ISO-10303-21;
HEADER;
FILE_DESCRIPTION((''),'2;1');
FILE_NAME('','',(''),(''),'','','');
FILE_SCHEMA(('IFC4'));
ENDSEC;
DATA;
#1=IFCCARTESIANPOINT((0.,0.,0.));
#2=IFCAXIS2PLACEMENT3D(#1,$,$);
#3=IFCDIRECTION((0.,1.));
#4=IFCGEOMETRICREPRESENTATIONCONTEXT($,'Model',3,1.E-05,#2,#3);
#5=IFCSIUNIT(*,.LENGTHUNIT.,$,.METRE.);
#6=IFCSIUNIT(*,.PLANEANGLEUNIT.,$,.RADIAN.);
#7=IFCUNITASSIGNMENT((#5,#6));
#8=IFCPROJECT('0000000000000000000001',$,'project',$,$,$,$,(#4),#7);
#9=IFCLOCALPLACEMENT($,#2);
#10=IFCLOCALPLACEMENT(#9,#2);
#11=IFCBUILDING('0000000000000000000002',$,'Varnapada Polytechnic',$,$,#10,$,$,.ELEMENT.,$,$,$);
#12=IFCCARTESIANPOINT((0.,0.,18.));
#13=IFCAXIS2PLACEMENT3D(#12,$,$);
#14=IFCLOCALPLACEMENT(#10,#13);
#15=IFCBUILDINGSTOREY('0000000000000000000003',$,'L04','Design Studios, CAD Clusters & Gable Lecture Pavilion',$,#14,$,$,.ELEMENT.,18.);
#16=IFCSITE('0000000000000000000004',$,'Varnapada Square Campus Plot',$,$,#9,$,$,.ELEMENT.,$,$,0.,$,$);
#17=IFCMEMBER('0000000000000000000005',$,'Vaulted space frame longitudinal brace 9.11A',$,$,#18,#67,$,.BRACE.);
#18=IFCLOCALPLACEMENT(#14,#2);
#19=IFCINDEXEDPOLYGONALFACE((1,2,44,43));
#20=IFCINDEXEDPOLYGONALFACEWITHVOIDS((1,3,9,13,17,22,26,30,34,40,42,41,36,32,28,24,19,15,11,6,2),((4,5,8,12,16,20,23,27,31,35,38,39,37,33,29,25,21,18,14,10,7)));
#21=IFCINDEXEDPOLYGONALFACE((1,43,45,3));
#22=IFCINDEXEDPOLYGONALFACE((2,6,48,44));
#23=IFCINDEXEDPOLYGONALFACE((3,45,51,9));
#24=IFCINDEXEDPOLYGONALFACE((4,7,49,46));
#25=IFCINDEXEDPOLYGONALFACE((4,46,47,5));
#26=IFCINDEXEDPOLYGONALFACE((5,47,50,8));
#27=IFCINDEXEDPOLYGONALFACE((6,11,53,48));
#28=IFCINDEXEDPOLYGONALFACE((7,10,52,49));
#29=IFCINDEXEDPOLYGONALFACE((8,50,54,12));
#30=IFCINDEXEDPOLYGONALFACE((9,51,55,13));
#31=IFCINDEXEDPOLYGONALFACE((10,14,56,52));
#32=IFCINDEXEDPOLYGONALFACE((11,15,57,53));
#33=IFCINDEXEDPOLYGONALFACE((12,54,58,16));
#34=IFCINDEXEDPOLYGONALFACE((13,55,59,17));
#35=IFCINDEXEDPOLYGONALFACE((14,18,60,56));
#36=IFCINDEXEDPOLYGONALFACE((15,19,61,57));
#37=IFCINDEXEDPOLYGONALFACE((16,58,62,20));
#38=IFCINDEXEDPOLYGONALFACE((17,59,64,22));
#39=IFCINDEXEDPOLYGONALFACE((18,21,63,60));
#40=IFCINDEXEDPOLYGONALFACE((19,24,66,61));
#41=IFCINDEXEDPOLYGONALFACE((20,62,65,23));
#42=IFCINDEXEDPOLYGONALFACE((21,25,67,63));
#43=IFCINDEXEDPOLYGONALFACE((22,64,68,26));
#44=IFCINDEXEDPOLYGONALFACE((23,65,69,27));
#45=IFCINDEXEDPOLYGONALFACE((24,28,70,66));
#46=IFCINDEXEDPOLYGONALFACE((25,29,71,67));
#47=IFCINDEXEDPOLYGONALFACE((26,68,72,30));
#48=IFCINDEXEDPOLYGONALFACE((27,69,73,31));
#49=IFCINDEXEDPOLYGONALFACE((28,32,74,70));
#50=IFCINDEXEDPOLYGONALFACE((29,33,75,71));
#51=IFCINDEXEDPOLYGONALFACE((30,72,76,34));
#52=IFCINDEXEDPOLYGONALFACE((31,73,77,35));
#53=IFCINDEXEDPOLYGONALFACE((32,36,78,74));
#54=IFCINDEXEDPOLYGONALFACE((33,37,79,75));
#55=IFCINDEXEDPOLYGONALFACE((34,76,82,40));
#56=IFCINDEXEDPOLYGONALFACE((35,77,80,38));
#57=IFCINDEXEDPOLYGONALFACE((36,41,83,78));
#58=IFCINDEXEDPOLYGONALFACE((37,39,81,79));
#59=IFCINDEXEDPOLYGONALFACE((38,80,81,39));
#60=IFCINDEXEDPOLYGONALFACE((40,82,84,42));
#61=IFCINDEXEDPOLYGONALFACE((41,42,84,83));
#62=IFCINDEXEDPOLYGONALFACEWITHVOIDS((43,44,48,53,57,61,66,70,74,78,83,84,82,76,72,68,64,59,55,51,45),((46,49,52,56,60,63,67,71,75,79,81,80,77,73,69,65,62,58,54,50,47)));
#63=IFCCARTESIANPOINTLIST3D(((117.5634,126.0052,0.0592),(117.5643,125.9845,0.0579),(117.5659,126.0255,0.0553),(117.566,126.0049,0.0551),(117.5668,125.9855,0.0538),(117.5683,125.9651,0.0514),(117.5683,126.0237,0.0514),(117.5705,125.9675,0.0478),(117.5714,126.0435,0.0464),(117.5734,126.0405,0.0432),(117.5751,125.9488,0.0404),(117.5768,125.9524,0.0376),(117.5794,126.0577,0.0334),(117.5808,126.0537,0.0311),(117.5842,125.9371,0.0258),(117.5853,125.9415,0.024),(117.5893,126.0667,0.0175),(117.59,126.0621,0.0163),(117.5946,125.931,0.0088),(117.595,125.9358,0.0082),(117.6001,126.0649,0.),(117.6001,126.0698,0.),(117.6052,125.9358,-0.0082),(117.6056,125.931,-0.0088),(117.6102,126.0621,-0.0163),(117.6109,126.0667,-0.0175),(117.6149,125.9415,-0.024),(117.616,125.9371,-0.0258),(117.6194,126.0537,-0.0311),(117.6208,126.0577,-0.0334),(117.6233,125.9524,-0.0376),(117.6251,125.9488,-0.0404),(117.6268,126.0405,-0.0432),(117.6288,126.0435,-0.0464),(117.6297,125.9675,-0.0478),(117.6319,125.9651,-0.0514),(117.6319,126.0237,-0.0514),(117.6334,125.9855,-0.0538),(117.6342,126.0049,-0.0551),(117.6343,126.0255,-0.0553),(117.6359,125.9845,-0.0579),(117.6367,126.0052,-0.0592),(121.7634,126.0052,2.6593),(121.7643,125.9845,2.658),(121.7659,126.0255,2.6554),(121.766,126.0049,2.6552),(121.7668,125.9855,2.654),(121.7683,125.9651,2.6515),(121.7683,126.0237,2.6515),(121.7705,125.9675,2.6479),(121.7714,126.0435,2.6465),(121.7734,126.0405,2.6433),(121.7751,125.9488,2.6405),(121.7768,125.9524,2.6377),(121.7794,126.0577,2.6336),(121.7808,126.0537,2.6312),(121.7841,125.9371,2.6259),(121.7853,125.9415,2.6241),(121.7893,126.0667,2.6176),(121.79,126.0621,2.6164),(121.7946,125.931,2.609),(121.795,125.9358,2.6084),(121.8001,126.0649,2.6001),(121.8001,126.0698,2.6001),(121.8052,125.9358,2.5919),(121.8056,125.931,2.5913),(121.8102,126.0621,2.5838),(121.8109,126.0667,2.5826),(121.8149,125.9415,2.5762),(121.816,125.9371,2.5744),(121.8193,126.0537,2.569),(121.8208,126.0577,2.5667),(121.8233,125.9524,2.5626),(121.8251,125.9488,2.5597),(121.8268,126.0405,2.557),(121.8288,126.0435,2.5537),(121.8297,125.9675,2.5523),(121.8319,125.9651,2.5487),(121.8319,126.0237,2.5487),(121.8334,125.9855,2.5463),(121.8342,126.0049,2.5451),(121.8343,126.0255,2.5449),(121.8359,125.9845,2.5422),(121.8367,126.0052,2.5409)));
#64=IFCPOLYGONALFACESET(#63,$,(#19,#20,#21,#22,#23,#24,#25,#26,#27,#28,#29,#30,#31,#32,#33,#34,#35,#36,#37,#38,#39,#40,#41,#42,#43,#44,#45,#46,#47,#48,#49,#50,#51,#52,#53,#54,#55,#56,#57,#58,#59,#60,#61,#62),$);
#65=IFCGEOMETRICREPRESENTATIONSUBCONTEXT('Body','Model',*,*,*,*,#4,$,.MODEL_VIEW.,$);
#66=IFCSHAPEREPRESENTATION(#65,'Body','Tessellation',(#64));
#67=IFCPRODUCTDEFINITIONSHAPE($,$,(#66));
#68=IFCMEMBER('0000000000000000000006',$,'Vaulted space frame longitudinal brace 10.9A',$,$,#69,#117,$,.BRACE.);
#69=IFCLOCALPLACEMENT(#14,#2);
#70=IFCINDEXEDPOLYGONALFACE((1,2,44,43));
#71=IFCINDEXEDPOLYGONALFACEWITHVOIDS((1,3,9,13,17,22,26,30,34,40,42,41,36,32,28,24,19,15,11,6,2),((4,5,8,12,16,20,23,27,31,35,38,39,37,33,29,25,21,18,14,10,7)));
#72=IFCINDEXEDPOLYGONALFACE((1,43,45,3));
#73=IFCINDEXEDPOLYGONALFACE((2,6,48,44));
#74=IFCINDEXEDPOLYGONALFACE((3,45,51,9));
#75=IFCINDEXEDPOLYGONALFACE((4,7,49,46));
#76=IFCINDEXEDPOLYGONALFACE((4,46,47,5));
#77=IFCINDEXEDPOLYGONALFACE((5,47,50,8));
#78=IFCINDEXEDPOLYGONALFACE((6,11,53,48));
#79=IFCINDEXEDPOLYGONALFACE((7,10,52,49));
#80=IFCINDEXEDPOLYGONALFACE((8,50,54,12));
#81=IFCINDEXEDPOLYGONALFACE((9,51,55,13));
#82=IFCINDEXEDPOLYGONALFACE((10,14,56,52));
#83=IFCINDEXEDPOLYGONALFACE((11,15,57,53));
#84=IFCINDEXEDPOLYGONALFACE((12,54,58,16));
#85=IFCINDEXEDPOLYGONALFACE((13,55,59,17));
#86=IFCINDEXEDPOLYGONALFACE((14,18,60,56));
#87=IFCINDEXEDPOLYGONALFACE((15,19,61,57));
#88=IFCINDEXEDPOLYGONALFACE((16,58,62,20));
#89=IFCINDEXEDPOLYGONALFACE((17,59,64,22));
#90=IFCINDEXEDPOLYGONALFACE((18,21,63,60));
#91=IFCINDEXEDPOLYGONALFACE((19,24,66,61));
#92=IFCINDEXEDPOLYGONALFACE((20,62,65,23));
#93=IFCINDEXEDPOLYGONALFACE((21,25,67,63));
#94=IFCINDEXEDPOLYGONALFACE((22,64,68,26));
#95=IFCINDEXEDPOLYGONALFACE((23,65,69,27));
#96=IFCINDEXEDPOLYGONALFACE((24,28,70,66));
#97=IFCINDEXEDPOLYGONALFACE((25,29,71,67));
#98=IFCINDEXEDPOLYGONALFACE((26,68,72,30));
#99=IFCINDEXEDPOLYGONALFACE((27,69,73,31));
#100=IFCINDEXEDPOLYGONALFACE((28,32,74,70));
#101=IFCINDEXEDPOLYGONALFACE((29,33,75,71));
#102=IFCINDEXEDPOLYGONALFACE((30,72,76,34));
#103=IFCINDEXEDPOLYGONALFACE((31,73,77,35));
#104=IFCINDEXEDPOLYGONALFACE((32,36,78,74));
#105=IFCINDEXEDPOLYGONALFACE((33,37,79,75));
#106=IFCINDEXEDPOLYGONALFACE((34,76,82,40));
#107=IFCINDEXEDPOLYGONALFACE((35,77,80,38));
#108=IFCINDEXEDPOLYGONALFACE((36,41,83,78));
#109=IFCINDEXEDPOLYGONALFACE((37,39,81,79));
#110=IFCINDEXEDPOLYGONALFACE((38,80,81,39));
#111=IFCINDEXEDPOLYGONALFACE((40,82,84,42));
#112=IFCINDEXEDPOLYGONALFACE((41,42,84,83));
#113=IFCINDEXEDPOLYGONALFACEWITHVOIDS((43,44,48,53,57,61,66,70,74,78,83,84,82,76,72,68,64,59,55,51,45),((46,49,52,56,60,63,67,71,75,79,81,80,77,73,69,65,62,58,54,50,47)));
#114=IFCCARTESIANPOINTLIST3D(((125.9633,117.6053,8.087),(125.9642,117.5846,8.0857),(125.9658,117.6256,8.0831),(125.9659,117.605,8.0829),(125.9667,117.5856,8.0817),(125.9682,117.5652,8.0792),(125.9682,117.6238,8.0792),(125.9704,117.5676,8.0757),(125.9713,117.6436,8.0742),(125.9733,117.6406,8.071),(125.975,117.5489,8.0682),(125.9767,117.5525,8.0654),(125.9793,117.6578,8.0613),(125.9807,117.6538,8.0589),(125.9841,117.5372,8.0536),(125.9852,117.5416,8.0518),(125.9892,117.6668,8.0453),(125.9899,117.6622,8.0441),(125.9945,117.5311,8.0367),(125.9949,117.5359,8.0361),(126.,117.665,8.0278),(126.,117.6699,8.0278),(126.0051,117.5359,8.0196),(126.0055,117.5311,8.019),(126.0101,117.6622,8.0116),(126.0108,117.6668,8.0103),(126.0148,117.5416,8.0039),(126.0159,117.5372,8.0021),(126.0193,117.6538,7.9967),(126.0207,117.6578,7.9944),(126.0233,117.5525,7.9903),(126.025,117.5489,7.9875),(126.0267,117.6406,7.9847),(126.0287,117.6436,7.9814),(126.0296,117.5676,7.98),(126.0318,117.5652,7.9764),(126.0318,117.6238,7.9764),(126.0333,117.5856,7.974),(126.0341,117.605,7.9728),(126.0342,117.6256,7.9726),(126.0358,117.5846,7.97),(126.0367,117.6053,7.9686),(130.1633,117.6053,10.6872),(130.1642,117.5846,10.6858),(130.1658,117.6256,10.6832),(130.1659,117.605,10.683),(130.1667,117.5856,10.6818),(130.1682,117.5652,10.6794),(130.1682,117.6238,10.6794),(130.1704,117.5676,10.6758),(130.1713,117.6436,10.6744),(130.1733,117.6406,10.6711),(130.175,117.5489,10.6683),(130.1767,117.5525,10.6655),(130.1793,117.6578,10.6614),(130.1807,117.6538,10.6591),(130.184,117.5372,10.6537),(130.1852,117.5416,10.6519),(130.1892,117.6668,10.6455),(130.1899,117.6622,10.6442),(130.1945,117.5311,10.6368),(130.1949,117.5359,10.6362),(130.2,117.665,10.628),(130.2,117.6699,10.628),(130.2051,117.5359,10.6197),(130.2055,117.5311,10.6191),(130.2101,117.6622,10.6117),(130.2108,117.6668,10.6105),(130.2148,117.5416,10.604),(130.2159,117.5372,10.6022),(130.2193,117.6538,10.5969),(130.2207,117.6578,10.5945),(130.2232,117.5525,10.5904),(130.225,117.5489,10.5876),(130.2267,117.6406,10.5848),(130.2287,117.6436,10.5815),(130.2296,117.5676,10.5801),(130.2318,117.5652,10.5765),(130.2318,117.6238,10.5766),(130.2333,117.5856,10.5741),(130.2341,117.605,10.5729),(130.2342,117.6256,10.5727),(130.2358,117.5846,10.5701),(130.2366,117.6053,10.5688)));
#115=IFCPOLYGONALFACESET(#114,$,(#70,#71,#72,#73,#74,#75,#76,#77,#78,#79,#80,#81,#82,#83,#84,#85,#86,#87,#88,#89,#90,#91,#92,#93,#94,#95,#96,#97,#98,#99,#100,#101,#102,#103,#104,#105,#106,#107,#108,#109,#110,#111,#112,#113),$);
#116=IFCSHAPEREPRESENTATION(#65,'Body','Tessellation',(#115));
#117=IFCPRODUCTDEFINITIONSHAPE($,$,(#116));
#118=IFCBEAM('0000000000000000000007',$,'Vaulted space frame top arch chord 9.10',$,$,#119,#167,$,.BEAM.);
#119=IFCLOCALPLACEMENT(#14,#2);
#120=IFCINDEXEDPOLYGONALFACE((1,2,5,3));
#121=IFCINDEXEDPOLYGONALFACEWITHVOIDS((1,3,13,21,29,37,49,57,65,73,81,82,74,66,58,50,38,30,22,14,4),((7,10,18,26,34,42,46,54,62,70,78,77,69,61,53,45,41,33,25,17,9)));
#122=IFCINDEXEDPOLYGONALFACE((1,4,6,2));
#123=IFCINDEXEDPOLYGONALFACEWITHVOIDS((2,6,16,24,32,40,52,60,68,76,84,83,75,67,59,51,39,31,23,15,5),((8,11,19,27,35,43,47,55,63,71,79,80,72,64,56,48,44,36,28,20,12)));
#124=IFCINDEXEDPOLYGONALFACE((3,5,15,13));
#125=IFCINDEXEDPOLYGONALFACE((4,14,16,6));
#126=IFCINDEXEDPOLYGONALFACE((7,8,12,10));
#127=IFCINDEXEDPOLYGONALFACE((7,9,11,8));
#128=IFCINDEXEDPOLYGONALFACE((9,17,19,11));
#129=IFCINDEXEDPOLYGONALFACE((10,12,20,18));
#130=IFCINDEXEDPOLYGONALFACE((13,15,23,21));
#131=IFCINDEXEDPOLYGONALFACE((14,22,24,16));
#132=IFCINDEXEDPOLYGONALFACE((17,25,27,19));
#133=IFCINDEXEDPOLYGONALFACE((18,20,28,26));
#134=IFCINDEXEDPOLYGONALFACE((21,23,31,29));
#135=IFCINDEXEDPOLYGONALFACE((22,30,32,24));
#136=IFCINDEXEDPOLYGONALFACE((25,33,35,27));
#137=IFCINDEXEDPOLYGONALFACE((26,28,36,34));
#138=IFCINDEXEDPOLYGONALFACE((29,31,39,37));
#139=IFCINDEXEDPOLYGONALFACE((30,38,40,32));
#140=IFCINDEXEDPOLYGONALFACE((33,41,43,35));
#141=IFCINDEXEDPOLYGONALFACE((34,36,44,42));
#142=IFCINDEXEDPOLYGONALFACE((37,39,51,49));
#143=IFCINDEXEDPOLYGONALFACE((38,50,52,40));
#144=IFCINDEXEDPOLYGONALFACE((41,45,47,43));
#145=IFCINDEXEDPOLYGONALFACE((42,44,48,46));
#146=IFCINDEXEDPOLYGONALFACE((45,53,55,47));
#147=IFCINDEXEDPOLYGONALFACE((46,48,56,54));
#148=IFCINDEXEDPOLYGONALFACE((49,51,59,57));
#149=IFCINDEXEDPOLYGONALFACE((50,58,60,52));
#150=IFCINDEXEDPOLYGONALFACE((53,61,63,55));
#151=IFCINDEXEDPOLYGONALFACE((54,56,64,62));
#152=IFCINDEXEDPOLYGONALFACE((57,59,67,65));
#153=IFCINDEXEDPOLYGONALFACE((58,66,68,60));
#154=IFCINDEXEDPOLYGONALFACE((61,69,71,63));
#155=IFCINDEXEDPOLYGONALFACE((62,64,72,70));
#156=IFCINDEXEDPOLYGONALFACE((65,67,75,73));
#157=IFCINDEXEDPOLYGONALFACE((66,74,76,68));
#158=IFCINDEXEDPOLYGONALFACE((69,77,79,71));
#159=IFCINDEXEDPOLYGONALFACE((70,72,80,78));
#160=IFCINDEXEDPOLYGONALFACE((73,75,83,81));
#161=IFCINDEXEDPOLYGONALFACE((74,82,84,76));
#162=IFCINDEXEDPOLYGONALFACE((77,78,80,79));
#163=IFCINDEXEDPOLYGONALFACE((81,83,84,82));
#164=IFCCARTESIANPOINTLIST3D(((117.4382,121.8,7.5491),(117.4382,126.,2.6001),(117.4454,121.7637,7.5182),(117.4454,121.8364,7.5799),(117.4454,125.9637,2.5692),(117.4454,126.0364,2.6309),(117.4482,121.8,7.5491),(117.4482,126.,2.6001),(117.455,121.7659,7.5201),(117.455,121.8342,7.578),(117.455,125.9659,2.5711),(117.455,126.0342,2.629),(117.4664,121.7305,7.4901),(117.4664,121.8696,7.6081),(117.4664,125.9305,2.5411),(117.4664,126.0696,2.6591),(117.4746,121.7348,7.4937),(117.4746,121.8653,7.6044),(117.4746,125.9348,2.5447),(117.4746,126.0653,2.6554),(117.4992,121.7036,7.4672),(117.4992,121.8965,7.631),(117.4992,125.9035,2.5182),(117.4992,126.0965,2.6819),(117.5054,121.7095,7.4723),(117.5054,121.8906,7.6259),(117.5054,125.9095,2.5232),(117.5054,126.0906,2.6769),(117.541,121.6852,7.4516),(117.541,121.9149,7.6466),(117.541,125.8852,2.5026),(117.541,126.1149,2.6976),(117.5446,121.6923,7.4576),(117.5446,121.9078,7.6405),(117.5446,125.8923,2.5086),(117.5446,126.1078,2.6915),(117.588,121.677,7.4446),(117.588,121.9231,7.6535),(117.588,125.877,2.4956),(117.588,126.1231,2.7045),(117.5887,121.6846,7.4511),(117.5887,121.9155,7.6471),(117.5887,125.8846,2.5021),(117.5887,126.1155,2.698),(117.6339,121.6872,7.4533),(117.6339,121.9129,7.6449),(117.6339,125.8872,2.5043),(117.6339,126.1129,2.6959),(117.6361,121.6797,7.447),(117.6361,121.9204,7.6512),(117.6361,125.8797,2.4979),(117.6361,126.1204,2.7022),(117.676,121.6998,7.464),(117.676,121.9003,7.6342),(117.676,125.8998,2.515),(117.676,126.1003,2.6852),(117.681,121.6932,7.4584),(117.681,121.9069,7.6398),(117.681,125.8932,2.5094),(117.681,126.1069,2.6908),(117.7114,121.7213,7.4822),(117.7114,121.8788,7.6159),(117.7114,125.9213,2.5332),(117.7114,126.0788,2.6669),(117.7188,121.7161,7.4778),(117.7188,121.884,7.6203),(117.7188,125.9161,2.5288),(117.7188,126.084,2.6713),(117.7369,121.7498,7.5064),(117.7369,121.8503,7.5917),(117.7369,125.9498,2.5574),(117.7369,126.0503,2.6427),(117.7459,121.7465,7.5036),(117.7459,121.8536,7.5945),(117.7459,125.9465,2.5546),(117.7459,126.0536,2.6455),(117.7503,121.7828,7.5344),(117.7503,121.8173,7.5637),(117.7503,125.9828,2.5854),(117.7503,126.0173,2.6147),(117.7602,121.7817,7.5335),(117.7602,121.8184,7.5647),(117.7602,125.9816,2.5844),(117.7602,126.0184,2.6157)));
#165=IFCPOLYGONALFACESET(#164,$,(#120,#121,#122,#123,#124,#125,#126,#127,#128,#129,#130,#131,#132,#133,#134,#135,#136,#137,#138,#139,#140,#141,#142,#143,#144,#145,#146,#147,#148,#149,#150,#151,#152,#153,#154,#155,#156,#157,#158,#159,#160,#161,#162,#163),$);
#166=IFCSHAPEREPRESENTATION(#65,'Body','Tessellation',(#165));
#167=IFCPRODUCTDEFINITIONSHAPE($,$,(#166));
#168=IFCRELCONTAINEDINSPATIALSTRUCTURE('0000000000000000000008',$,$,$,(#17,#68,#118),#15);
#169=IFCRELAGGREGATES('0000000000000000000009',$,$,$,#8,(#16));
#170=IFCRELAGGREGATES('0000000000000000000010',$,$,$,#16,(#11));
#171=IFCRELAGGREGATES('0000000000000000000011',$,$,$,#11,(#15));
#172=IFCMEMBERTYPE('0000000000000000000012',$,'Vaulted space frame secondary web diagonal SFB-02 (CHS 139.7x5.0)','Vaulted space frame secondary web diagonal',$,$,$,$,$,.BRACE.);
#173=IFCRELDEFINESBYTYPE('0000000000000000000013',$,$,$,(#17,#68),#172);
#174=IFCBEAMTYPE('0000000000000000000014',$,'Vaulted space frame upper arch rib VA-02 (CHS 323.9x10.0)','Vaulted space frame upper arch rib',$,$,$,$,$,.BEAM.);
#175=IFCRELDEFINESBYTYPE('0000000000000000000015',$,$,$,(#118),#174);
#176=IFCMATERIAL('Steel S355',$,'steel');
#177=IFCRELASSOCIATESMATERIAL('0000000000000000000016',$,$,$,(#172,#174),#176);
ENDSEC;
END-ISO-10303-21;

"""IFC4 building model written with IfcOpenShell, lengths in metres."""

from ifc_helpers import new_model, si_unit, direction, frame, origin, origin_2d, place, context, subcontext, project, spatial, hollow_circle, extrude, material, material_profile, profile_set, type_object, element, save


model = new_model("IFC4")

# Units and contexts
model_context = context("Model", 3, precision=1e-05, world=origin(), true_north=direction((0.0, 1.0)))
body_context = subcontext(model_context, "Body", "Model", "MODEL_VIEW")
ifc_project = project(units=[si_unit("LENGTHUNIT", "METRE"), si_unit("PLANEANGLEUNIT", "RADIAN")], contexts=[model_context])

# Site, building, storey
site_placement = place(None, origin())
site = spatial("IfcSite", under=ifc_project, at=site_placement, Name="Varnapada Square Campus Plot", CompositionType="ELEMENT", RefElevation=0.0)
building_placement = place(site_placement, origin())
building = spatial("IfcBuilding", under=site, at=building_placement, Name="Varnapada Polytechnic", CompositionType="ELEMENT")
storey_placement = place(building_placement, frame((0.0, 0.0, 18.0)))
storey = spatial("IfcBuildingStorey", under=building, at=storey_placement, Name="L04", Description="Design Studios, CAD Clusters & Gable Lecture Pavilion", CompositionType="ELEMENT", Elevation=18.0)

# Shared definitions
ifc_material = material(Name="Steel S355", Category="steel")

# Members
ifc_material_profile_1 = material_profile(ifc_material, hollow_circle(Radius=0.0698, WallThickness=0.0049, at=origin_2d()), Name="CHS 139.7x5.0")
ifc_profile_set_1 = profile_set([ifc_material_profile_1], Name="Steel S355")
member_type_1 = type_object("IfcMemberType", Name="Vaulted space frame secondary web diagonal SFB-02 (CHS 139.7x5.0)", Description="Vaulted space frame secondary web diagonal", PredefinedType="BRACE", material=ifc_profile_set_1)
for number, where, z_axis, x_axis, name in (
    (1, (117.6001, 126.0, 0.0), (0.850254, 0.0, 0.526373), (0.0, 1.0, 0.0), "Vaulted space frame longitudinal brace 9.11A"),
    (2, (126.0, 117.6001, 8.0278), (0.850254, 0.0, 0.526373), (0.0, 1.0, 0.0), "Vaulted space frame longitudinal brace 10.9A"),
):
    element("IfcMember", number, at=place(storey_placement, frame(where, z_axis=z_axis, x_axis=x_axis)), inside=storey, type_object=member_type_1, Name=name, PredefinedType="BRACE", context=body_context, shape_type="SweptSolid", body=[
        extrude(hollow_circle(Radius=0.0698, WallThickness=0.0049, at=origin_2d()), origin(), (0.0, 0.0, 1.0), 4.9397),
    ])

# Beam
ifc_material_profile_2 = material_profile(ifc_material, hollow_circle(Radius=0.1619, WallThickness=0.01, at=origin_2d()), Name="CHS 323.9x10.0")
ifc_profile_set_2 = profile_set([ifc_material_profile_2], Name="Steel S355")
beam_type_1 = type_object("IfcBeamType", Name="Vaulted space frame upper arch rib VA-02 (CHS 323.9x10.0)", Description="Vaulted space frame upper arch rib", PredefinedType="BEAM", material=ifc_profile_set_2)
beam_1_placement = place(storey_placement, frame((117.6001, 121.8, 7.5491), z_axis=(0.0, 0.647051, -0.762447), x_axis=(-1.0, 0.0, 0.0)))
element("IfcBeam", 3, at=beam_1_placement, inside=storey, type_object=beam_type_1, Name="Vaulted space frame top arch chord 9.10", PredefinedType="BEAM", context=body_context, shape_type="SweptSolid", body=[
    extrude(hollow_circle(Radius=0.1619, WallThickness=0.01, at=origin_2d()), origin(), (0.0, 0.0, 1.0), 6.491),
])

save(model, "model.ifc")
